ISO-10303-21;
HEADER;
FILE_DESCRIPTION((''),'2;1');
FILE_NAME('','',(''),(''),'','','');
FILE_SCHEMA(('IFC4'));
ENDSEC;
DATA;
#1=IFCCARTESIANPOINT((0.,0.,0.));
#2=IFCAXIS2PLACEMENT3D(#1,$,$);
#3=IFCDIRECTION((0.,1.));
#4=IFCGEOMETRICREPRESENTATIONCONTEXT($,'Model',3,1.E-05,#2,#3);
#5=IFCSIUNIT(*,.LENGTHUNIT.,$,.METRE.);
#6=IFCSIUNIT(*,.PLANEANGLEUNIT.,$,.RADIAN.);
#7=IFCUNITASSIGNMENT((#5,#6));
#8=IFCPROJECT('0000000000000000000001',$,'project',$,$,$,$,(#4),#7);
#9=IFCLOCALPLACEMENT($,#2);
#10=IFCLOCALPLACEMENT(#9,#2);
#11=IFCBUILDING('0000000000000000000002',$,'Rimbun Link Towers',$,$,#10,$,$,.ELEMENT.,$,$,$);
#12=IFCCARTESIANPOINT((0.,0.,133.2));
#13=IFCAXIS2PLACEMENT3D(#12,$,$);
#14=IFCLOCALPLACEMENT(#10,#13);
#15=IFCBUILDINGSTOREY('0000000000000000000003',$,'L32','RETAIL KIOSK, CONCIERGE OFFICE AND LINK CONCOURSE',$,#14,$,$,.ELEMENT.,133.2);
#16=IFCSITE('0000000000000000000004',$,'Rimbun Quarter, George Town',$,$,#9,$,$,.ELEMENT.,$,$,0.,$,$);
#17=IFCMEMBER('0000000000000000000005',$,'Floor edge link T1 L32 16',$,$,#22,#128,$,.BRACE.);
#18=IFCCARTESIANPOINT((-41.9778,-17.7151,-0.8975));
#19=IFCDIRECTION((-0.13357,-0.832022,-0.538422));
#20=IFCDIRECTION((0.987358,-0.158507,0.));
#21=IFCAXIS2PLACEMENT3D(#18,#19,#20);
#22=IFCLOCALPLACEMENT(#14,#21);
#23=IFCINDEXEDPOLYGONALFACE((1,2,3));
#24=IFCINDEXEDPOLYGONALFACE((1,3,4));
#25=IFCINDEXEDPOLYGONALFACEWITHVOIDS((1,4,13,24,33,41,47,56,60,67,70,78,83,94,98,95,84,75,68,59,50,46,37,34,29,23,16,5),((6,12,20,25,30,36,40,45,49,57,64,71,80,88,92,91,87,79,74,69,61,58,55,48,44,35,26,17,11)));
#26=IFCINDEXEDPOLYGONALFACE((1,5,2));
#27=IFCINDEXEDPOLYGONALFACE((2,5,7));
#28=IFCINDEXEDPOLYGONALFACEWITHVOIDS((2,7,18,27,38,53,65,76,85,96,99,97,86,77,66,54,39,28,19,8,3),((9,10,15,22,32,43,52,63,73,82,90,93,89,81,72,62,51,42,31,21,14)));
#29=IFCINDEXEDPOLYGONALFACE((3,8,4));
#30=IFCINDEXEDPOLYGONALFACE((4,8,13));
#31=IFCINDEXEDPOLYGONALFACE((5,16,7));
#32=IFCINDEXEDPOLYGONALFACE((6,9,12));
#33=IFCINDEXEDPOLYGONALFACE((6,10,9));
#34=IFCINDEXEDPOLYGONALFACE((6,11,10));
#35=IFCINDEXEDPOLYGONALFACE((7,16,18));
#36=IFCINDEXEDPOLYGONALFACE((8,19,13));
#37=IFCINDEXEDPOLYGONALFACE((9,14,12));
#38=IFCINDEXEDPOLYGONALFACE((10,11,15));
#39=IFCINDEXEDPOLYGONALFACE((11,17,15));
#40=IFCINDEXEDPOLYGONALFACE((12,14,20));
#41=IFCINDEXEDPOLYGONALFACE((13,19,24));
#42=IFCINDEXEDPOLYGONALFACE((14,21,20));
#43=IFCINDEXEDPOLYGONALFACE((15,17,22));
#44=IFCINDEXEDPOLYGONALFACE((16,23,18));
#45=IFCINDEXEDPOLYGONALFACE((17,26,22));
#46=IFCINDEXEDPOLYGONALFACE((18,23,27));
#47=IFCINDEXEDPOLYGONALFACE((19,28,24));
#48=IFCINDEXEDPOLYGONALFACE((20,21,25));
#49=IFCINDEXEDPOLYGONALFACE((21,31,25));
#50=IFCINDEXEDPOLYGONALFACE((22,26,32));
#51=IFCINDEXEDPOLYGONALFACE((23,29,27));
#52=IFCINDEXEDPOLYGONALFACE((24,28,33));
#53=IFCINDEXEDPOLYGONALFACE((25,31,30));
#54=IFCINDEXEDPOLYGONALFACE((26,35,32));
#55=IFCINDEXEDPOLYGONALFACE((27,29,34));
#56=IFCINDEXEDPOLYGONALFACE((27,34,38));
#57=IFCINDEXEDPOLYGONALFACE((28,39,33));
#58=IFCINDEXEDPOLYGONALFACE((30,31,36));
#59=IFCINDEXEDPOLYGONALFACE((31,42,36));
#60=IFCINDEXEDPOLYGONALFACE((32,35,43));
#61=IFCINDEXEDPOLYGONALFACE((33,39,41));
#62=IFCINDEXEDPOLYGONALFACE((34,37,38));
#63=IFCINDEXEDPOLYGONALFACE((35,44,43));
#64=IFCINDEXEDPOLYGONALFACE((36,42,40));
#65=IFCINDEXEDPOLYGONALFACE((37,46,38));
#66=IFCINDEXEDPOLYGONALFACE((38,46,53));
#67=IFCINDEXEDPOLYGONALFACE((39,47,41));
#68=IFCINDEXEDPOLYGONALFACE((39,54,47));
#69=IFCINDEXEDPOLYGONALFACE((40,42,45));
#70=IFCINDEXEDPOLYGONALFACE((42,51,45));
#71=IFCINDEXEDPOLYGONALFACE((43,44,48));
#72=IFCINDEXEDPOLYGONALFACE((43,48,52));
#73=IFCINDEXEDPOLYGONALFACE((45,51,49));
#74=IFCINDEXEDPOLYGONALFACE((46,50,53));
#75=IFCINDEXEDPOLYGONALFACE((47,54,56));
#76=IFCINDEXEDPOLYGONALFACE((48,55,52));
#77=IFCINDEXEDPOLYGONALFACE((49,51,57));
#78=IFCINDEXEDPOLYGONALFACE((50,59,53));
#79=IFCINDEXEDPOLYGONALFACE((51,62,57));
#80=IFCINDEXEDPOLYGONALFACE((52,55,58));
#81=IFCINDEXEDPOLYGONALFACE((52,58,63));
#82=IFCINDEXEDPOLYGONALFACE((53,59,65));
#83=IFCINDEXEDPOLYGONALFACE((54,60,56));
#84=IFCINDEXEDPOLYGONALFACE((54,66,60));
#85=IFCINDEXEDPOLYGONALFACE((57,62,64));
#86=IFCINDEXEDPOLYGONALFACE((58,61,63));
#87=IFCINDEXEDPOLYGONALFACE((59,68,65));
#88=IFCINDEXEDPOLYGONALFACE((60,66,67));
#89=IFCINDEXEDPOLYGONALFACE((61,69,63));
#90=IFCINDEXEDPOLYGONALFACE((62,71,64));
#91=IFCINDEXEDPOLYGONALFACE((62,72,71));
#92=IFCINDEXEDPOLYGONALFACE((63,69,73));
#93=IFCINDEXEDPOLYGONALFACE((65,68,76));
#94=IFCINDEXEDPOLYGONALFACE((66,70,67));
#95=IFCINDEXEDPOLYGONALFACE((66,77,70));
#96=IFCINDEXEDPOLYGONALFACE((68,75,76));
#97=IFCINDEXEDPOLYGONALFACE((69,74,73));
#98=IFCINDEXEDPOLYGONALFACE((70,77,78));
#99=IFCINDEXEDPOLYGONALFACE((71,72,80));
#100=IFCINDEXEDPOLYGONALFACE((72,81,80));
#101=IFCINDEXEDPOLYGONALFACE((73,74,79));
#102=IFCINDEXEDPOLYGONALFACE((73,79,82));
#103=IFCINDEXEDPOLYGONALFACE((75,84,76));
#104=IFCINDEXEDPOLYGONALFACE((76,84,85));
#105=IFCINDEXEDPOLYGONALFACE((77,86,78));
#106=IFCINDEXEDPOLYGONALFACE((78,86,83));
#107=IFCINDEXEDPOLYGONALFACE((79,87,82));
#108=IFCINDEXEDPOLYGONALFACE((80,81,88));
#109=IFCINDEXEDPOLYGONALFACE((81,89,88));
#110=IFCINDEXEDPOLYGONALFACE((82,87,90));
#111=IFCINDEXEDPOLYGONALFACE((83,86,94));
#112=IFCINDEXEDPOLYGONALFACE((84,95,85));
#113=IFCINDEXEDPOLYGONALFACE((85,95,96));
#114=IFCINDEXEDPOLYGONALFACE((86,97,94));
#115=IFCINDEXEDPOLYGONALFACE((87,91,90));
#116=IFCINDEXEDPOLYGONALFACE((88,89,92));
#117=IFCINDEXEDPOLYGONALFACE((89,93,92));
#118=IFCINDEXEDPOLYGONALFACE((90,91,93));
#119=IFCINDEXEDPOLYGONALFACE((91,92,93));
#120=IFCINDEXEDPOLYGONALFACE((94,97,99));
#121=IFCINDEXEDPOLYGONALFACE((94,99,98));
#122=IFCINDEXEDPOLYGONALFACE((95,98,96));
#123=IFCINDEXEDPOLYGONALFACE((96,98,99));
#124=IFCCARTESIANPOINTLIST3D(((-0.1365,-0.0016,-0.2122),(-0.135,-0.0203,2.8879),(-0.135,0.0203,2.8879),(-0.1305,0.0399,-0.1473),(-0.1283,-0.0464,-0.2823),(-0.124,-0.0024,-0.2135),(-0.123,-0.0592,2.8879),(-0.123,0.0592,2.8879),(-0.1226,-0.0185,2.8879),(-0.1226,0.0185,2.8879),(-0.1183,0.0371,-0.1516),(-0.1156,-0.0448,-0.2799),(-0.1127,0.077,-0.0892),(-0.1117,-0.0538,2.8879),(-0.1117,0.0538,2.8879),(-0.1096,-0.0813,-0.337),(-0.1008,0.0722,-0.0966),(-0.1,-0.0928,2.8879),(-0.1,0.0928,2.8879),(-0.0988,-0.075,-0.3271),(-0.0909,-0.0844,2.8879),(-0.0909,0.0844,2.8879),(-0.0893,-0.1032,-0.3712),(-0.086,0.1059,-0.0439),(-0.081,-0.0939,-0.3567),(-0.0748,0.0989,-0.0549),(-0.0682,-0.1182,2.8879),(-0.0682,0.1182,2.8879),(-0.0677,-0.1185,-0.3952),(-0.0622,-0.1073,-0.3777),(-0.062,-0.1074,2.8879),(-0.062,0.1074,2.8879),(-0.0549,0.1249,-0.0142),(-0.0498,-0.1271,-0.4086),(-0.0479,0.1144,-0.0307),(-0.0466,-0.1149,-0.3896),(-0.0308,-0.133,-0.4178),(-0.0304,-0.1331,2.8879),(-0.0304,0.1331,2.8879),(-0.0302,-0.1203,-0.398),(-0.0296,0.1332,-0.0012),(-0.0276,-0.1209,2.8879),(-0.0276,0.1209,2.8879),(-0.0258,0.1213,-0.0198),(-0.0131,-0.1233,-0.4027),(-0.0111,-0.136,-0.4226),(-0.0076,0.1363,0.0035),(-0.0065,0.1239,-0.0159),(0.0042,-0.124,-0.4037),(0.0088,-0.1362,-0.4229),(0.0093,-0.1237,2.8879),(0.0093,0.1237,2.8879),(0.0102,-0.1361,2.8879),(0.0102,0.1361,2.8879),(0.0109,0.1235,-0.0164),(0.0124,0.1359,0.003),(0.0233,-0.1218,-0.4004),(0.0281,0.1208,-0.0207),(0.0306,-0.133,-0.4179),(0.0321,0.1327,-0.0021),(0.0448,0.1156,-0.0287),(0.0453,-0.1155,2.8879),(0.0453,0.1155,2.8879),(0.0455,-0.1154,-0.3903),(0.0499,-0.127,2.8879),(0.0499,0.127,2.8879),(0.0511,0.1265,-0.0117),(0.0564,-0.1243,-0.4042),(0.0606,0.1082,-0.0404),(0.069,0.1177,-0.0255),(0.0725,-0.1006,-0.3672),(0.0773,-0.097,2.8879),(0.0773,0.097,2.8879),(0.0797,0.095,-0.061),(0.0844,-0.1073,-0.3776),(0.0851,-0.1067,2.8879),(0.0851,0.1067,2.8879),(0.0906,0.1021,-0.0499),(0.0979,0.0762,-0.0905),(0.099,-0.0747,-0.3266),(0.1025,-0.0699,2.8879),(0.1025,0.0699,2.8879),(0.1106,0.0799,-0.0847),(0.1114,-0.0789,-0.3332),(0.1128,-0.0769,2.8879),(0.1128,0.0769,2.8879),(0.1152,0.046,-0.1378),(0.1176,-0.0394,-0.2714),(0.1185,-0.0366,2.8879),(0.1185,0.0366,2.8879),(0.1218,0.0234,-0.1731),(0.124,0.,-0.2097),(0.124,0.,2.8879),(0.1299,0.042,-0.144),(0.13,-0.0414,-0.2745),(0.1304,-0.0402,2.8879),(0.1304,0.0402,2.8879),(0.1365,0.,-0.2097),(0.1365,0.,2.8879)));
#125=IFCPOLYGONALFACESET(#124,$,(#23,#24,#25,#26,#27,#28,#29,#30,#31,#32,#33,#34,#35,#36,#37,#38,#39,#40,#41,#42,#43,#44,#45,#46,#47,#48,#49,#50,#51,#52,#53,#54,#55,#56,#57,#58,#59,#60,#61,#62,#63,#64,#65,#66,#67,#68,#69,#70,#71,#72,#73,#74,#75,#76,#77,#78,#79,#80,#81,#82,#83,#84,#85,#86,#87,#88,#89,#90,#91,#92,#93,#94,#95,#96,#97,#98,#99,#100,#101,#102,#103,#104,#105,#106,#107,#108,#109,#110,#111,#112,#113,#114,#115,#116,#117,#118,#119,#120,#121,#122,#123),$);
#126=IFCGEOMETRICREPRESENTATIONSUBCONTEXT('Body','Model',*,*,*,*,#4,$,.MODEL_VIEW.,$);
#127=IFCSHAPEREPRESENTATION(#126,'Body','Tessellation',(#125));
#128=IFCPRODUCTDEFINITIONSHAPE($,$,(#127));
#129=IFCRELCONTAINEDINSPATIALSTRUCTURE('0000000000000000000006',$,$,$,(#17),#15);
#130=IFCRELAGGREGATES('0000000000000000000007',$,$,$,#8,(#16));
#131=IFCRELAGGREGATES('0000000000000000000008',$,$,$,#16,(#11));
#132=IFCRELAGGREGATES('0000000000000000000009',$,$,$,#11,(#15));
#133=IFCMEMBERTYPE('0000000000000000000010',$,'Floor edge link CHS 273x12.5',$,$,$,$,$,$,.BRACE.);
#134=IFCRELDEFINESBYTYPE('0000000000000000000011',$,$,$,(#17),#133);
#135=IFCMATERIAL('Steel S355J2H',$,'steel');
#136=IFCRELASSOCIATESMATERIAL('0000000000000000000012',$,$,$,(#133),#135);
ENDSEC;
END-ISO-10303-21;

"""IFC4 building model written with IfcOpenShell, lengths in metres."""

from ifc_helpers import new_model, si_unit, direction, frame, origin, origin_2d, place, context, subcontext, project, spatial, hollow_circle, extrude, clip, halfspace, material, material_profile, profile_set, type_object, element, save


model = new_model("IFC4")

# Units and contexts
model_context = context("Model", 3, precision=1e-05, world=origin(), true_north=direction((0.0, 1.0)))
body_context = subcontext(model_context, "Body", "Model", "MODEL_VIEW")
ifc_project = project(units=[si_unit("LENGTHUNIT", "METRE"), si_unit("PLANEANGLEUNIT", "RADIAN")], contexts=[model_context])

# Site, building, storey
site_placement = place(None, origin())
site = spatial("IfcSite", under=ifc_project, at=site_placement, Name="Rimbun Quarter, George Town", CompositionType="ELEMENT", RefElevation=0.0)
building_placement = place(site_placement, origin())
building = spatial("IfcBuilding", under=site, at=building_placement, Name="Rimbun Link Towers", CompositionType="ELEMENT")
storey_placement = place(building_placement, frame((0.0, 0.0, 133.2)))
storey = spatial("IfcBuildingStorey", under=building, at=storey_placement, Name="L32", Description="RETAIL KIOSK, CONCIERGE OFFICE AND LINK CONCOURSE", CompositionType="ELEMENT", Elevation=133.2)

# Member
ifc_material_1 = material(Name="Steel S355J2H", Category="steel")
ifc_material_profile_1 = material_profile(ifc_material_1, hollow_circle(Radius=0.1365, WallThickness=0.0125, at=origin_2d()), Name="CHS 273x12.5")
ifc_profile_set_1 = profile_set([ifc_material_profile_1], Name="Steel S355J2H")
member_type_1 = type_object("IfcMemberType", Name="Floor edge link CHS 273x12.5", PredefinedType="BRACE", material=ifc_profile_set_1)
member_1_placement = place(storey_placement, frame((-41.9778, -17.7151, -0.8975), z_axis=(-0.13357, -0.832022, -0.538422), x_axis=(0.987358, -0.158507, 0.0)))
element("IfcMember", 1, at=member_1_placement, inside=storey, type_object=member_type_1, Name="Floor edge link T1 L32 16", PredefinedType="BRACE", context=body_context, shape_type="Clipping", body=[
    clip(extrude(hollow_circle(Radius=0.1365, WallThickness=0.0125, at=origin_2d()), frame((0.0, 0.0, -0.4458)), (0.0, 0.0, 1.0), 3.3337), halfspace(frame((0.0, 0.0, -0.2097), z_axis=(0.0, 0.842675, -0.538422)), False)),
])

save(model, "model.ifc")
